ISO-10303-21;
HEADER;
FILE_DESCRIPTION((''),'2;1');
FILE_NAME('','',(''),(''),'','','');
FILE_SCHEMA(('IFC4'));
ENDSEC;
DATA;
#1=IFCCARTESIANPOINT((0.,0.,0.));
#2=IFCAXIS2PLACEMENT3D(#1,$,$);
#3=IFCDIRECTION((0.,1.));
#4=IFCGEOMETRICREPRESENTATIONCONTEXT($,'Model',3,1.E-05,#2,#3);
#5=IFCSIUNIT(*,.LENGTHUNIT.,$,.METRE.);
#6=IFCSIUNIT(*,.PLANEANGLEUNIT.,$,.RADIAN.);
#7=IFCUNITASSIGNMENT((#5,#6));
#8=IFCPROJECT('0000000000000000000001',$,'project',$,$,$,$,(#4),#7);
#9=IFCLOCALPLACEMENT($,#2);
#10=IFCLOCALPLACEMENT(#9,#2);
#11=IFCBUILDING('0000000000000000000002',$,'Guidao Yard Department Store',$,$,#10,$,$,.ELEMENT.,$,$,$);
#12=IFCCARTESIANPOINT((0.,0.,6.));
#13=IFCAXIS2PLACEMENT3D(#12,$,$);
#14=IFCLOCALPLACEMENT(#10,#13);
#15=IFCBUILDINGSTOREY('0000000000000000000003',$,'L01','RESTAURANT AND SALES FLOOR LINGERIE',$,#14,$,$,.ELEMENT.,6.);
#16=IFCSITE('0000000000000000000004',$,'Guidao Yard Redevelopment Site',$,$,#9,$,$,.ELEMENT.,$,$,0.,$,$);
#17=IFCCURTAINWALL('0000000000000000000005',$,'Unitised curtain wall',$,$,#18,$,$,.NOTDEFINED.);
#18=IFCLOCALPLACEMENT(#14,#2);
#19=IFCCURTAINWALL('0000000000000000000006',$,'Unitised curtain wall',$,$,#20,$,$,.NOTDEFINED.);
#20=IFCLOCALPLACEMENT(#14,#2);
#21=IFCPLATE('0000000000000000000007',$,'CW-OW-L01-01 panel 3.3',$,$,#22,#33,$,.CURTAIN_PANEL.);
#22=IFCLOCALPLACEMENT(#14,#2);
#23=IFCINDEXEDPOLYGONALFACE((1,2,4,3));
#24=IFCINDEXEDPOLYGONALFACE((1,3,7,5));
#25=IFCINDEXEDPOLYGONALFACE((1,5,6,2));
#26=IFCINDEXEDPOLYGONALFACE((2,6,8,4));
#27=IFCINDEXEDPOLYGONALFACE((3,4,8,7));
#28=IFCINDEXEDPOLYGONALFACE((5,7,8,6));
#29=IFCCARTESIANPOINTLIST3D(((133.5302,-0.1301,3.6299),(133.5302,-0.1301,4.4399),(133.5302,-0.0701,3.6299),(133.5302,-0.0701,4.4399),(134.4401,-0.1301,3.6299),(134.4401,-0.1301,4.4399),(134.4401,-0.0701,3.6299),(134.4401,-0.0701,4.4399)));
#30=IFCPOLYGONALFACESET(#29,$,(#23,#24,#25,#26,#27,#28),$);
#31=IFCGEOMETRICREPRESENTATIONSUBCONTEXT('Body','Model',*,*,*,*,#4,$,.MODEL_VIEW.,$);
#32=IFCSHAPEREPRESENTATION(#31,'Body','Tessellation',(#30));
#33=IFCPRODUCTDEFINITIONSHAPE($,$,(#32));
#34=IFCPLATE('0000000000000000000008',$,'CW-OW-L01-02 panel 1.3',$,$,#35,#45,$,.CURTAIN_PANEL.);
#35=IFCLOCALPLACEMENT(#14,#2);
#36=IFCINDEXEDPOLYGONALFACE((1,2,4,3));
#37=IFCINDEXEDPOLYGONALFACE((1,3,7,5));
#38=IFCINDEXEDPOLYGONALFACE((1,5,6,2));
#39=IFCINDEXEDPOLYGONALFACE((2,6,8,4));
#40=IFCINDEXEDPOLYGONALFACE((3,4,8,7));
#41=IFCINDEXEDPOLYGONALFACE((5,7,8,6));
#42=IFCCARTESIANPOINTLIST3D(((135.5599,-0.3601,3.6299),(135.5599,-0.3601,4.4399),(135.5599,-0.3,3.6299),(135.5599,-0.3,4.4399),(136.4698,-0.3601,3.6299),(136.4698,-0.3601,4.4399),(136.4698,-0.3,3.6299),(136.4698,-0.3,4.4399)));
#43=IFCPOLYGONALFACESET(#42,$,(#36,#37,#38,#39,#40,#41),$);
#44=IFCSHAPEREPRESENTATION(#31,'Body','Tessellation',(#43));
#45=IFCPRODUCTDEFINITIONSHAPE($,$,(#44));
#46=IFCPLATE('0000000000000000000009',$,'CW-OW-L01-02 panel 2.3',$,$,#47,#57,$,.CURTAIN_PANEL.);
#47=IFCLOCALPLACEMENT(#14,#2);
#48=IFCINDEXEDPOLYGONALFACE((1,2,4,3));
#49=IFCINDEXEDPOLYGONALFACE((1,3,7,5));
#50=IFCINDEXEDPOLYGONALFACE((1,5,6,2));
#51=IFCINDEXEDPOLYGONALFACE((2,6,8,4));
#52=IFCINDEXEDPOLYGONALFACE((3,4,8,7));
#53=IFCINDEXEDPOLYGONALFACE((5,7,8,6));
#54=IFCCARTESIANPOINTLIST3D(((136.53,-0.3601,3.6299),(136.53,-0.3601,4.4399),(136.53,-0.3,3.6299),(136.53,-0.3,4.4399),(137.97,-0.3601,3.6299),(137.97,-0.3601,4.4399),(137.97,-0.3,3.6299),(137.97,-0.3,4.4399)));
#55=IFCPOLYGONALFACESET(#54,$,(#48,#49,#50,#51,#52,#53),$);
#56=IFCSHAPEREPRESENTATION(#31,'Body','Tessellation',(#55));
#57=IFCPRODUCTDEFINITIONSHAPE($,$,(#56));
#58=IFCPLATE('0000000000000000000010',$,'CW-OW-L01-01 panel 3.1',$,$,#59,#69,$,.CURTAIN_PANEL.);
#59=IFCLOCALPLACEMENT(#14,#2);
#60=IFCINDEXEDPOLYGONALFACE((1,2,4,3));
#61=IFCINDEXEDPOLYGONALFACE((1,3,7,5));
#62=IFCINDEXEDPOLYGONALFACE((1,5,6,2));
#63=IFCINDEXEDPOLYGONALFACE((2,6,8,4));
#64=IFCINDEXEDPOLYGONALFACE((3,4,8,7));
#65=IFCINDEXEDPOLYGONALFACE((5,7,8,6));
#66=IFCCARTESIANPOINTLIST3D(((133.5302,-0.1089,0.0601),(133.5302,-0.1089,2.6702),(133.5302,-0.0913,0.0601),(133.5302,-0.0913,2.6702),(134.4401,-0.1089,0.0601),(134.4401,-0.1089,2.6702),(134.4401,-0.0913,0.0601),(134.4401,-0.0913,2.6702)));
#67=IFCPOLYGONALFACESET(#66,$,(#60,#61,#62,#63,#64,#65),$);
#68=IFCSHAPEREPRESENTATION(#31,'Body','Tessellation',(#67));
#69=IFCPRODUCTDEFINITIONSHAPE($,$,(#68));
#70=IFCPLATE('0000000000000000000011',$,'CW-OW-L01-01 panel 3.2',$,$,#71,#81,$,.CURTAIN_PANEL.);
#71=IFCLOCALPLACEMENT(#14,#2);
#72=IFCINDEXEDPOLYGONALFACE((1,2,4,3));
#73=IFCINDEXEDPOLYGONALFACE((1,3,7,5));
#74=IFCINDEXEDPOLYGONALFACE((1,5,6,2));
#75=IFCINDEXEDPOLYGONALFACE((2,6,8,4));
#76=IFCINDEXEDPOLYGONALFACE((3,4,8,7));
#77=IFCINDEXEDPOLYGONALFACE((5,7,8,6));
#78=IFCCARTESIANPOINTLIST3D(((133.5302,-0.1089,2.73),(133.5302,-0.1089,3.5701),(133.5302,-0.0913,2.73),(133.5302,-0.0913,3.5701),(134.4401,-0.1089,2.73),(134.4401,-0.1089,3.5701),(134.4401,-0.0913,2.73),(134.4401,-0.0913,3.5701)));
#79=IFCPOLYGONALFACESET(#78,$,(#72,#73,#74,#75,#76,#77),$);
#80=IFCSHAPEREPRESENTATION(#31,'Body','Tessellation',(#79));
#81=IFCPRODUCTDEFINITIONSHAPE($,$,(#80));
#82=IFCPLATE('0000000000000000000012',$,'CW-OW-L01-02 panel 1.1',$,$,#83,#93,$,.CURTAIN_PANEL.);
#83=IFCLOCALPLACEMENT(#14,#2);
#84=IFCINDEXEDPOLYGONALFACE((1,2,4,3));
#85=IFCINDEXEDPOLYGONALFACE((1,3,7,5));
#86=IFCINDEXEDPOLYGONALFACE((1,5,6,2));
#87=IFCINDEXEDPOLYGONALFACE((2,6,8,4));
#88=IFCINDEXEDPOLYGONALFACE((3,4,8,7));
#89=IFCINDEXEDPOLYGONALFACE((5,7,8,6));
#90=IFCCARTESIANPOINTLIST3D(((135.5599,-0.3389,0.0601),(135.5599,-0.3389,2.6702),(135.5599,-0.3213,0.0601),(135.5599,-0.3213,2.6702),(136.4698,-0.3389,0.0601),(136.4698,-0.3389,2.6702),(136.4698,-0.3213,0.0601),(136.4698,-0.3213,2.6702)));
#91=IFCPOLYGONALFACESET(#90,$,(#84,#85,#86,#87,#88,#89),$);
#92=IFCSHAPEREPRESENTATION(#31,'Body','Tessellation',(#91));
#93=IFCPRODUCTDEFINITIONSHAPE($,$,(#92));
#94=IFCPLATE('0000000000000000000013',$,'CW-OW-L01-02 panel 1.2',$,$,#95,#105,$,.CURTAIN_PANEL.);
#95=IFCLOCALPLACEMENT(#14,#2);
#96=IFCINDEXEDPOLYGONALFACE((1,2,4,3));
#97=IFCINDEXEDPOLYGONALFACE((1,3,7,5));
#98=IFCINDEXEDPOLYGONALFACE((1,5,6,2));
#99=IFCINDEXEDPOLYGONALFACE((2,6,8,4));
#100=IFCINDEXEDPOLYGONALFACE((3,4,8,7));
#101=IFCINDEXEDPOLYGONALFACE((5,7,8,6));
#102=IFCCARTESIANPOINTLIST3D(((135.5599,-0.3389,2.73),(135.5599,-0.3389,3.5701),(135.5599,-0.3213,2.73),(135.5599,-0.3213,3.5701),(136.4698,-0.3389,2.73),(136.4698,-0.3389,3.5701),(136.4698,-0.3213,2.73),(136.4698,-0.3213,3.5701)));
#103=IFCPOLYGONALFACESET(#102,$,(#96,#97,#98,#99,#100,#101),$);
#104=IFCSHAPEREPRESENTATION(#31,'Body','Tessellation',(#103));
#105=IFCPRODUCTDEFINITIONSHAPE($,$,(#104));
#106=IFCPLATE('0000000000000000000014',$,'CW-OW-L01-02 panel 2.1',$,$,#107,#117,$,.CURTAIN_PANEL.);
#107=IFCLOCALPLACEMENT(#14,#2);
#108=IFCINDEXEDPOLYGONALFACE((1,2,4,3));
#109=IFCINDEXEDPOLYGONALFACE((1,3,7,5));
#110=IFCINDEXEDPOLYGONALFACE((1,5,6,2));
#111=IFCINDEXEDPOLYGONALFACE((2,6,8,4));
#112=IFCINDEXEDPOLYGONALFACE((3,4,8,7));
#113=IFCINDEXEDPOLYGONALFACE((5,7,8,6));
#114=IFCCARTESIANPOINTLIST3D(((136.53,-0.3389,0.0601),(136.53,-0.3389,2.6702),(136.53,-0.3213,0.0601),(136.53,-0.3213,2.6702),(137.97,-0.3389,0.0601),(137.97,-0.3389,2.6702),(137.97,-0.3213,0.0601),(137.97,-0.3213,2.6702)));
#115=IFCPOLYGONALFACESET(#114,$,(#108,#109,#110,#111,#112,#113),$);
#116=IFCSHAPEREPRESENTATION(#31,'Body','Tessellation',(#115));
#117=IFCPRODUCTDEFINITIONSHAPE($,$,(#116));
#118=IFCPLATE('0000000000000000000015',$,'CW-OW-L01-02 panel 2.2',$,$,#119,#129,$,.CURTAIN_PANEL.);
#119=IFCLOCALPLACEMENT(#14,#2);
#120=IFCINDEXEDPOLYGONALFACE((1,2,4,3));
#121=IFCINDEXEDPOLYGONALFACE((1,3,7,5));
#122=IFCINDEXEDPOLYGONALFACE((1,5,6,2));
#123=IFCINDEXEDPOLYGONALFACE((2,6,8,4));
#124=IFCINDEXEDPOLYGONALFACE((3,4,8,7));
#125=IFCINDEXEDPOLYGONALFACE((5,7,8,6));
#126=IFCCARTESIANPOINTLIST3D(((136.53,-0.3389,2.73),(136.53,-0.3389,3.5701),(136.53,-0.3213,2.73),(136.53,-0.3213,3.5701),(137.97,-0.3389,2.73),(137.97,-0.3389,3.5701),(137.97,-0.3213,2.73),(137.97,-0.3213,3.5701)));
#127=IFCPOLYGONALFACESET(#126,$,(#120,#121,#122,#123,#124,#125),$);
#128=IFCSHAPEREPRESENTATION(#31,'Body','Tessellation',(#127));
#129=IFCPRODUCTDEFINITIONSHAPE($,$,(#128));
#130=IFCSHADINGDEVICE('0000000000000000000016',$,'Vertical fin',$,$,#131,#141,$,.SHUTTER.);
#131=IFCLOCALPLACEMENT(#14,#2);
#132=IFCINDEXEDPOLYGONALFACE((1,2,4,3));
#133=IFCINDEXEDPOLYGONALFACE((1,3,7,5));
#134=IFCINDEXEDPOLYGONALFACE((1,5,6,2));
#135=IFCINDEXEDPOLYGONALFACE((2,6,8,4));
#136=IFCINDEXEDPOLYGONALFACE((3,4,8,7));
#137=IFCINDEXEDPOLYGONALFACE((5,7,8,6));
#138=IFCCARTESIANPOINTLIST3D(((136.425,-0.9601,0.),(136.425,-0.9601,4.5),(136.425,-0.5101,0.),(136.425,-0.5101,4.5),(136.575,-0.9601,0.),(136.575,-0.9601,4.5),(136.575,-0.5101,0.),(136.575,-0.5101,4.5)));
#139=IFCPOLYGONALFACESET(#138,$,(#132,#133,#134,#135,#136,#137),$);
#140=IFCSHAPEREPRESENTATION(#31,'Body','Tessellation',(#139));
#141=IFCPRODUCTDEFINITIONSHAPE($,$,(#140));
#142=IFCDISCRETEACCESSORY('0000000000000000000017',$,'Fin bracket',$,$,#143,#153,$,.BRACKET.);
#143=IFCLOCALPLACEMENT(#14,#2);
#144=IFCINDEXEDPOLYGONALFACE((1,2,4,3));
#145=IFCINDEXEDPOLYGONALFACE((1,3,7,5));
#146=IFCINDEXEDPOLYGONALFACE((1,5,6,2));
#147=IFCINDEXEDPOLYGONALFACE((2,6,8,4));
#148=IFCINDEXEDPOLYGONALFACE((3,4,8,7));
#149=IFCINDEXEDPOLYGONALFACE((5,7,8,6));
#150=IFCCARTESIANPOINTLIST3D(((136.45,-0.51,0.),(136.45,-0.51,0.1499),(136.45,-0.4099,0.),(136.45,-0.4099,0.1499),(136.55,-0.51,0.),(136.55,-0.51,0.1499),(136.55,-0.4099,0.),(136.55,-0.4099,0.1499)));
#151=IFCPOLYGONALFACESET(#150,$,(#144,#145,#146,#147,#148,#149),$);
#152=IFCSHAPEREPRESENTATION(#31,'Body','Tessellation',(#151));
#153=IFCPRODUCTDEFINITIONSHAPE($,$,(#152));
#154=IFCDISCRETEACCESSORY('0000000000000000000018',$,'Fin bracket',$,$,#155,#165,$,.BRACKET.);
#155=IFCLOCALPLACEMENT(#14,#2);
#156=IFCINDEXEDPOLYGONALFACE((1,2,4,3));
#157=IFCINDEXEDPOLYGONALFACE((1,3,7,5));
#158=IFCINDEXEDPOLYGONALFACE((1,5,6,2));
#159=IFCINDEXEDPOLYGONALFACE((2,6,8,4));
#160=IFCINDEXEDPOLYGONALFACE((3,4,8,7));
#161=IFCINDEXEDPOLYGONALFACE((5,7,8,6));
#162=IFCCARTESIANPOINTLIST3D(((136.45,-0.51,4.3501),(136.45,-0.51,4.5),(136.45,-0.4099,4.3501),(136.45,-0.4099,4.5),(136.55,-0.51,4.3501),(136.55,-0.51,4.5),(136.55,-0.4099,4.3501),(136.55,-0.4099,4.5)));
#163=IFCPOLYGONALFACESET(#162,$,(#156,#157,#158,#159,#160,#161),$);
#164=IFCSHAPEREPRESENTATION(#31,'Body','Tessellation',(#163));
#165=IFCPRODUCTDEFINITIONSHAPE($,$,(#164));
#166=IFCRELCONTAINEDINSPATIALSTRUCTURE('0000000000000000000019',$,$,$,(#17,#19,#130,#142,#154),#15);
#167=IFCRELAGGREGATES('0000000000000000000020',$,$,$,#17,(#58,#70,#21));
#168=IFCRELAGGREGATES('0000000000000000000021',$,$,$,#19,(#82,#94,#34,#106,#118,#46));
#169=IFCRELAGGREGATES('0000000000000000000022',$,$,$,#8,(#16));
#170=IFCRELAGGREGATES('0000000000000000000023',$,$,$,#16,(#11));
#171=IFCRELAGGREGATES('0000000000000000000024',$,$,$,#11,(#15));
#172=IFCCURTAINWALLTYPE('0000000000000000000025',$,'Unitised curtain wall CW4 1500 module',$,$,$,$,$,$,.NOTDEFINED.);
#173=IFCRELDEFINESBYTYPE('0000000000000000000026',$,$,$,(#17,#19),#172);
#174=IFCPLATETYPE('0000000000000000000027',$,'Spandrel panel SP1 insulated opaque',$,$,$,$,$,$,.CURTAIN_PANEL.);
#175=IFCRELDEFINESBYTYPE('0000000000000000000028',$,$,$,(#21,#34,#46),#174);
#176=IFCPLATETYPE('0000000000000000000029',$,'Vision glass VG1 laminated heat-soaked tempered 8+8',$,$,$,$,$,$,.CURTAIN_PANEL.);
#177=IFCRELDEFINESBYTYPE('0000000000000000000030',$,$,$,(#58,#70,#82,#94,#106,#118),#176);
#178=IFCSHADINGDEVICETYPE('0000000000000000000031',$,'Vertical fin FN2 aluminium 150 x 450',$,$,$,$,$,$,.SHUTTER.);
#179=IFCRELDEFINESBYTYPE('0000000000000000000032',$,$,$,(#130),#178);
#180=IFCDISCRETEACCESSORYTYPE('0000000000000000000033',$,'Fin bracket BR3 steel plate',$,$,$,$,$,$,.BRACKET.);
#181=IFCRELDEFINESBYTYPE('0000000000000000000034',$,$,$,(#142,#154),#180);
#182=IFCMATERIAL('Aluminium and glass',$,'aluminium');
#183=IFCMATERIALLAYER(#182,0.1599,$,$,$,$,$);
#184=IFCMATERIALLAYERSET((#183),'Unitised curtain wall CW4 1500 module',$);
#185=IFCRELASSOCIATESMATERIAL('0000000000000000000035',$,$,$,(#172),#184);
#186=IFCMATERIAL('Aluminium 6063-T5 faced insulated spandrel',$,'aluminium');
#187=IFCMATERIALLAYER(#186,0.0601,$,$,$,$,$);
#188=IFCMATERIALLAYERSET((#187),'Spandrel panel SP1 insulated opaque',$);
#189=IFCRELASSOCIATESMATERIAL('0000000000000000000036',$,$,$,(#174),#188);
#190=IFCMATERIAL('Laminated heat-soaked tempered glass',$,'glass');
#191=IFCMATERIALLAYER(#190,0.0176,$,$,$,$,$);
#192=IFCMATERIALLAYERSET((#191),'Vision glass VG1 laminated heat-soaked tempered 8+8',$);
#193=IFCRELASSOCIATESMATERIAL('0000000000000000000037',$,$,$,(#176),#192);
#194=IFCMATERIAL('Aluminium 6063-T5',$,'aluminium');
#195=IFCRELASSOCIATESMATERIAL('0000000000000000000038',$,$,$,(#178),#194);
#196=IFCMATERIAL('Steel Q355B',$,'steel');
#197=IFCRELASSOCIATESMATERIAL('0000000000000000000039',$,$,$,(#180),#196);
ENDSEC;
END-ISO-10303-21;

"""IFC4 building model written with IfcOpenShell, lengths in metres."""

from ifc_helpers import new_model, si_unit, direction, frame, origin, origin_2d, place, context, subcontext, project, spatial, rectangle, extrude, material, layer, layer_set, type_object, element, aggregate, save


model = new_model("IFC4")

# Units and contexts
model_context = context("Model", 3, precision=1e-05, world=origin(), true_north=direction((0.0, 1.0)))
body_context = subcontext(model_context, "Body", "Model", "MODEL_VIEW")
ifc_project = project(units=[si_unit("LENGTHUNIT", "METRE"), si_unit("PLANEANGLEUNIT", "RADIAN")], contexts=[model_context])

# Site, building, storey
site_placement = place(None, origin())
site = spatial("IfcSite", under=ifc_project, at=site_placement, Name="Guidao Yard Redevelopment Site", CompositionType="ELEMENT", RefElevation=0.0)
building_placement = place(site_placement, origin())
building = spatial("IfcBuilding", under=site, at=building_placement, Name="Guidao Yard Department Store", CompositionType="ELEMENT")
storey_placement = place(building_placement, frame((0.0, 0.0, 6.0)))
storey = spatial("IfcBuildingStorey", under=building, at=storey_placement, Name="L01", Description="RESTAURANT AND SALES FLOOR LINGERIE", CompositionType="ELEMENT", Elevation=6.0)

# Curtain walls
ifc_material_1 = material(Name="Aluminium and glass", Category="aluminium")
ifc_layer_1 = layer(ifc_material_1, 0.1599)
ifc_layer_set_1 = layer_set([ifc_layer_1], Name="Unitised curtain wall CW4 1500 module")
curtain_wall_type = type_object("IfcCurtainWallType", Name="Unitised curtain wall CW4 1500 module", PredefinedType="NOTDEFINED", material=ifc_layer_set_1)
curtain_wall_1_placement = place(storey_placement, origin())
curtain_wall_1 = element("IfcCurtainWall", 1, at=curtain_wall_1_placement, inside=storey, type_object=curtain_wall_type, Name="Unitised curtain wall", PredefinedType="NOTDEFINED")
curtain_wall_2_placement = place(storey_placement, origin())
curtain_wall_2 = element("IfcCurtainWall", 2, at=curtain_wall_2_placement, inside=storey, type_object=curtain_wall_type, Name="Unitised curtain wall", PredefinedType="NOTDEFINED")

# Plates
ifc_material_2 = material(Name="Aluminium 6063-T5 faced insulated spandrel", Category="aluminium")
ifc_layer_2 = layer(ifc_material_2, 0.0601)
ifc_layer_set_2 = layer_set([ifc_layer_2], Name="Spandrel panel SP1 insulated opaque")
plate_type_1 = type_object("IfcPlateType", Name="Spandrel panel SP1 insulated opaque", PredefinedType="CURTAIN_PANEL", material=ifc_layer_set_2)
plate_1_placement = place(storey_placement, frame((133.9851, -0.1001, 3.6299), z_axis=(0.0, 0.0, 1.0), x_axis=(-1.0, 0.0, 0.0)))
plate_1 = element("IfcPlate", 3, at=plate_1_placement, type_object=plate_type_1, Name="CW-OW-L01-01 panel 3.3", PredefinedType="CURTAIN_PANEL", context=body_context, shape_type="SweptSolid", body=[
    extrude(rectangle(XDim=0.9099, YDim=0.0601, at=origin_2d()), origin(), (0.0, 0.0, 1.0), 0.8101),
])
plate_2_placement = place(storey_placement, frame((136.0149, -0.3301, 3.6299), z_axis=(0.0, 0.0, 1.0), x_axis=(-1.0, 0.0, 0.0)))
plate_2 = element("IfcPlate", 4, at=plate_2_placement, type_object=plate_type_1, Name="CW-OW-L01-02 panel 1.3", PredefinedType="CURTAIN_PANEL", context=body_context, shape_type="SweptSolid", body=[
    extrude(rectangle(XDim=0.9099, YDim=0.0601, at=origin_2d()), origin(), (0.0, 0.0, 1.0), 0.8101),
])
plate_3_placement = place(storey_placement, frame((137.25, -0.3301, 3.6299), z_axis=(0.0, 0.0, 1.0), x_axis=(-1.0, 0.0, 0.0)))
plate_3 = element("IfcPlate", 5, at=plate_3_placement, type_object=plate_type_1, Name="CW-OW-L01-02 panel 2.3", PredefinedType="CURTAIN_PANEL", context=body_context, shape_type="SweptSolid", body=[
    extrude(rectangle(XDim=1.4399, YDim=0.0601, at=origin_2d()), origin(), (0.0, 0.0, 1.0), 0.8101),
])
ifc_material_3 = material(Name="Laminated heat-soaked tempered glass", Category="glass")
ifc_layer_3 = layer(ifc_material_3, 0.0176)
ifc_layer_set_3 = layer_set([ifc_layer_3], Name="Vision glass VG1 laminated heat-soaked tempered 8+8")
plate_type_2 = type_object("IfcPlateType", Name="Vision glass VG1 laminated heat-soaked tempered 8+8", PredefinedType="CURTAIN_PANEL", material=ifc_layer_set_3)
plate_4_placement = place(storey_placement, frame((133.9851, -0.1001, 0.0601), z_axis=(0.0, 0.0, 1.0), x_axis=(-1.0, 0.0, 0.0)))
plate_4 = element("IfcPlate", 6, at=plate_4_placement, type_object=plate_type_2, Name="CW-OW-L01-01 panel 3.1", PredefinedType="CURTAIN_PANEL", context=body_context, shape_type="SweptSolid", body=[
    extrude(rectangle(XDim=0.9099, YDim=0.0176, at=origin_2d()), origin(), (0.0, 0.0, 1.0), 2.6101),
])
plate_5_placement = place(storey_placement, frame((133.9851, -0.1001, 2.73), z_axis=(0.0, 0.0, 1.0), x_axis=(-1.0, 0.0, 0.0)))
plate_5 = element("IfcPlate", 7, at=plate_5_placement, type_object=plate_type_2, Name="CW-OW-L01-01 panel 3.2", PredefinedType="CURTAIN_PANEL", context=body_context, shape_type="SweptSolid", body=[
    extrude(rectangle(XDim=0.9099, YDim=0.0176, at=origin_2d()), origin(), (0.0, 0.0, 1.0), 0.8401),
])
aggregate(curtain_wall_1, [plate_4, plate_5, plate_1])
plate_6_placement = place(storey_placement, frame((136.0149, -0.3301, 0.0601), z_axis=(0.0, 0.0, 1.0), x_axis=(-1.0, 0.0, 0.0)))
plate_6 = element("IfcPlate", 8, at=plate_6_placement, type_object=plate_type_2, Name="CW-OW-L01-02 panel 1.1", PredefinedType="CURTAIN_PANEL", context=body_context, shape_type="SweptSolid", body=[
    extrude(rectangle(XDim=0.9099, YDim=0.0176, at=origin_2d()), origin(), (0.0, 0.0, 1.0), 2.6101),
])
plate_7_placement = place(storey_placement, frame((136.0149, -0.3301, 2.73), z_axis=(0.0, 0.0, 1.0), x_axis=(-1.0, 0.0, 0.0)))
plate_7 = element("IfcPlate", 9, at=plate_7_placement, type_object=plate_type_2, Name="CW-OW-L01-02 panel 1.2", PredefinedType="CURTAIN_PANEL", context=body_context, shape_type="SweptSolid", body=[
    extrude(rectangle(XDim=0.9099, YDim=0.0176, at=origin_2d()), origin(), (0.0, 0.0, 1.0), 0.8401),
])
plate_8_placement = place(storey_placement, frame((137.25, -0.3301, 0.0601), z_axis=(0.0, 0.0, 1.0), x_axis=(-1.0, 0.0, 0.0)))
plate_8 = element("IfcPlate", 10, at=plate_8_placement, type_object=plate_type_2, Name="CW-OW-L01-02 panel 2.1", PredefinedType="CURTAIN_PANEL", context=body_context, shape_type="SweptSolid", body=[
    extrude(rectangle(XDim=1.4399, YDim=0.0176, at=origin_2d()), origin(), (0.0, 0.0, 1.0), 2.6101),
])
plate_9_placement = place(storey_placement, frame((137.25, -0.3301, 2.73), z_axis=(0.0, 0.0, 1.0), x_axis=(-1.0, 0.0, 0.0)))
plate_9 = element("IfcPlate", 11, at=plate_9_placement, type_object=plate_type_2, Name="CW-OW-L01-02 panel 2.2", PredefinedType="CURTAIN_PANEL", context=body_context, shape_type="SweptSolid", body=[
    extrude(rectangle(XDim=1.4399, YDim=0.0176, at=origin_2d()), origin(), (0.0, 0.0, 1.0), 0.8401),
])
aggregate(curtain_wall_2, [plate_6, plate_7, plate_2, plate_8, plate_9, plate_3])

# Shading device
ifc_material_4 = material(Name="Aluminium 6063-T5", Category="aluminium")
shading_device_type = type_object("IfcShadingDeviceType", Name="Vertical fin FN2 aluminium 150 x 450", PredefinedType="SHUTTER", material=ifc_material_4)
shading_device_placement = place(storey_placement, frame((136.5, -0.7351, 0.0), z_axis=(0.0, 0.0, 1.0), x_axis=(-1.0, 0.0, 0.0)))
element("IfcShadingDevice", 12, at=shading_device_placement, inside=storey, type_object=shading_device_type, Name="Vertical fin", PredefinedType="SHUTTER", context=body_context, shape_type="SweptSolid", body=[
    extrude(rectangle(XDim=0.1499, YDim=0.45, at=origin_2d()), origin(), (0.0, 0.0, 1.0), 4.5),
])

# Discrete accessories
ifc_material_5 = material(Name="Steel Q355B", Category="steel")
discrete_accessory_type = type_object("IfcDiscreteAccessoryType", Name="Fin bracket BR3 steel plate", PredefinedType="BRACKET", material=ifc_material_5)
for number, where, z_axis, x_axis, name in (
    (13, (136.5, -0.46, 0.0), (0.0, 0.0, 1.0), (-1.0, 0.0, 0.0), "Fin bracket"),
    (14, (136.5, -0.46, 4.3501), (0.0, 0.0, 1.0), (-1.0, 0.0, 0.0), "Fin bracket"),
):
    element("IfcDiscreteAccessory", number, at=place(storey_placement, frame(where, z_axis=z_axis, x_axis=x_axis)), inside=storey, type_object=discrete_accessory_type, Name=name, PredefinedType="BRACKET", context=body_context, shape_type="SweptSolid", body=[
        extrude(rectangle(XDim=0.1001, YDim=0.1001, at=origin_2d()), origin(), (0.0, 0.0, 1.0), 0.1499),
    ])

save(model, "model.ifc")
